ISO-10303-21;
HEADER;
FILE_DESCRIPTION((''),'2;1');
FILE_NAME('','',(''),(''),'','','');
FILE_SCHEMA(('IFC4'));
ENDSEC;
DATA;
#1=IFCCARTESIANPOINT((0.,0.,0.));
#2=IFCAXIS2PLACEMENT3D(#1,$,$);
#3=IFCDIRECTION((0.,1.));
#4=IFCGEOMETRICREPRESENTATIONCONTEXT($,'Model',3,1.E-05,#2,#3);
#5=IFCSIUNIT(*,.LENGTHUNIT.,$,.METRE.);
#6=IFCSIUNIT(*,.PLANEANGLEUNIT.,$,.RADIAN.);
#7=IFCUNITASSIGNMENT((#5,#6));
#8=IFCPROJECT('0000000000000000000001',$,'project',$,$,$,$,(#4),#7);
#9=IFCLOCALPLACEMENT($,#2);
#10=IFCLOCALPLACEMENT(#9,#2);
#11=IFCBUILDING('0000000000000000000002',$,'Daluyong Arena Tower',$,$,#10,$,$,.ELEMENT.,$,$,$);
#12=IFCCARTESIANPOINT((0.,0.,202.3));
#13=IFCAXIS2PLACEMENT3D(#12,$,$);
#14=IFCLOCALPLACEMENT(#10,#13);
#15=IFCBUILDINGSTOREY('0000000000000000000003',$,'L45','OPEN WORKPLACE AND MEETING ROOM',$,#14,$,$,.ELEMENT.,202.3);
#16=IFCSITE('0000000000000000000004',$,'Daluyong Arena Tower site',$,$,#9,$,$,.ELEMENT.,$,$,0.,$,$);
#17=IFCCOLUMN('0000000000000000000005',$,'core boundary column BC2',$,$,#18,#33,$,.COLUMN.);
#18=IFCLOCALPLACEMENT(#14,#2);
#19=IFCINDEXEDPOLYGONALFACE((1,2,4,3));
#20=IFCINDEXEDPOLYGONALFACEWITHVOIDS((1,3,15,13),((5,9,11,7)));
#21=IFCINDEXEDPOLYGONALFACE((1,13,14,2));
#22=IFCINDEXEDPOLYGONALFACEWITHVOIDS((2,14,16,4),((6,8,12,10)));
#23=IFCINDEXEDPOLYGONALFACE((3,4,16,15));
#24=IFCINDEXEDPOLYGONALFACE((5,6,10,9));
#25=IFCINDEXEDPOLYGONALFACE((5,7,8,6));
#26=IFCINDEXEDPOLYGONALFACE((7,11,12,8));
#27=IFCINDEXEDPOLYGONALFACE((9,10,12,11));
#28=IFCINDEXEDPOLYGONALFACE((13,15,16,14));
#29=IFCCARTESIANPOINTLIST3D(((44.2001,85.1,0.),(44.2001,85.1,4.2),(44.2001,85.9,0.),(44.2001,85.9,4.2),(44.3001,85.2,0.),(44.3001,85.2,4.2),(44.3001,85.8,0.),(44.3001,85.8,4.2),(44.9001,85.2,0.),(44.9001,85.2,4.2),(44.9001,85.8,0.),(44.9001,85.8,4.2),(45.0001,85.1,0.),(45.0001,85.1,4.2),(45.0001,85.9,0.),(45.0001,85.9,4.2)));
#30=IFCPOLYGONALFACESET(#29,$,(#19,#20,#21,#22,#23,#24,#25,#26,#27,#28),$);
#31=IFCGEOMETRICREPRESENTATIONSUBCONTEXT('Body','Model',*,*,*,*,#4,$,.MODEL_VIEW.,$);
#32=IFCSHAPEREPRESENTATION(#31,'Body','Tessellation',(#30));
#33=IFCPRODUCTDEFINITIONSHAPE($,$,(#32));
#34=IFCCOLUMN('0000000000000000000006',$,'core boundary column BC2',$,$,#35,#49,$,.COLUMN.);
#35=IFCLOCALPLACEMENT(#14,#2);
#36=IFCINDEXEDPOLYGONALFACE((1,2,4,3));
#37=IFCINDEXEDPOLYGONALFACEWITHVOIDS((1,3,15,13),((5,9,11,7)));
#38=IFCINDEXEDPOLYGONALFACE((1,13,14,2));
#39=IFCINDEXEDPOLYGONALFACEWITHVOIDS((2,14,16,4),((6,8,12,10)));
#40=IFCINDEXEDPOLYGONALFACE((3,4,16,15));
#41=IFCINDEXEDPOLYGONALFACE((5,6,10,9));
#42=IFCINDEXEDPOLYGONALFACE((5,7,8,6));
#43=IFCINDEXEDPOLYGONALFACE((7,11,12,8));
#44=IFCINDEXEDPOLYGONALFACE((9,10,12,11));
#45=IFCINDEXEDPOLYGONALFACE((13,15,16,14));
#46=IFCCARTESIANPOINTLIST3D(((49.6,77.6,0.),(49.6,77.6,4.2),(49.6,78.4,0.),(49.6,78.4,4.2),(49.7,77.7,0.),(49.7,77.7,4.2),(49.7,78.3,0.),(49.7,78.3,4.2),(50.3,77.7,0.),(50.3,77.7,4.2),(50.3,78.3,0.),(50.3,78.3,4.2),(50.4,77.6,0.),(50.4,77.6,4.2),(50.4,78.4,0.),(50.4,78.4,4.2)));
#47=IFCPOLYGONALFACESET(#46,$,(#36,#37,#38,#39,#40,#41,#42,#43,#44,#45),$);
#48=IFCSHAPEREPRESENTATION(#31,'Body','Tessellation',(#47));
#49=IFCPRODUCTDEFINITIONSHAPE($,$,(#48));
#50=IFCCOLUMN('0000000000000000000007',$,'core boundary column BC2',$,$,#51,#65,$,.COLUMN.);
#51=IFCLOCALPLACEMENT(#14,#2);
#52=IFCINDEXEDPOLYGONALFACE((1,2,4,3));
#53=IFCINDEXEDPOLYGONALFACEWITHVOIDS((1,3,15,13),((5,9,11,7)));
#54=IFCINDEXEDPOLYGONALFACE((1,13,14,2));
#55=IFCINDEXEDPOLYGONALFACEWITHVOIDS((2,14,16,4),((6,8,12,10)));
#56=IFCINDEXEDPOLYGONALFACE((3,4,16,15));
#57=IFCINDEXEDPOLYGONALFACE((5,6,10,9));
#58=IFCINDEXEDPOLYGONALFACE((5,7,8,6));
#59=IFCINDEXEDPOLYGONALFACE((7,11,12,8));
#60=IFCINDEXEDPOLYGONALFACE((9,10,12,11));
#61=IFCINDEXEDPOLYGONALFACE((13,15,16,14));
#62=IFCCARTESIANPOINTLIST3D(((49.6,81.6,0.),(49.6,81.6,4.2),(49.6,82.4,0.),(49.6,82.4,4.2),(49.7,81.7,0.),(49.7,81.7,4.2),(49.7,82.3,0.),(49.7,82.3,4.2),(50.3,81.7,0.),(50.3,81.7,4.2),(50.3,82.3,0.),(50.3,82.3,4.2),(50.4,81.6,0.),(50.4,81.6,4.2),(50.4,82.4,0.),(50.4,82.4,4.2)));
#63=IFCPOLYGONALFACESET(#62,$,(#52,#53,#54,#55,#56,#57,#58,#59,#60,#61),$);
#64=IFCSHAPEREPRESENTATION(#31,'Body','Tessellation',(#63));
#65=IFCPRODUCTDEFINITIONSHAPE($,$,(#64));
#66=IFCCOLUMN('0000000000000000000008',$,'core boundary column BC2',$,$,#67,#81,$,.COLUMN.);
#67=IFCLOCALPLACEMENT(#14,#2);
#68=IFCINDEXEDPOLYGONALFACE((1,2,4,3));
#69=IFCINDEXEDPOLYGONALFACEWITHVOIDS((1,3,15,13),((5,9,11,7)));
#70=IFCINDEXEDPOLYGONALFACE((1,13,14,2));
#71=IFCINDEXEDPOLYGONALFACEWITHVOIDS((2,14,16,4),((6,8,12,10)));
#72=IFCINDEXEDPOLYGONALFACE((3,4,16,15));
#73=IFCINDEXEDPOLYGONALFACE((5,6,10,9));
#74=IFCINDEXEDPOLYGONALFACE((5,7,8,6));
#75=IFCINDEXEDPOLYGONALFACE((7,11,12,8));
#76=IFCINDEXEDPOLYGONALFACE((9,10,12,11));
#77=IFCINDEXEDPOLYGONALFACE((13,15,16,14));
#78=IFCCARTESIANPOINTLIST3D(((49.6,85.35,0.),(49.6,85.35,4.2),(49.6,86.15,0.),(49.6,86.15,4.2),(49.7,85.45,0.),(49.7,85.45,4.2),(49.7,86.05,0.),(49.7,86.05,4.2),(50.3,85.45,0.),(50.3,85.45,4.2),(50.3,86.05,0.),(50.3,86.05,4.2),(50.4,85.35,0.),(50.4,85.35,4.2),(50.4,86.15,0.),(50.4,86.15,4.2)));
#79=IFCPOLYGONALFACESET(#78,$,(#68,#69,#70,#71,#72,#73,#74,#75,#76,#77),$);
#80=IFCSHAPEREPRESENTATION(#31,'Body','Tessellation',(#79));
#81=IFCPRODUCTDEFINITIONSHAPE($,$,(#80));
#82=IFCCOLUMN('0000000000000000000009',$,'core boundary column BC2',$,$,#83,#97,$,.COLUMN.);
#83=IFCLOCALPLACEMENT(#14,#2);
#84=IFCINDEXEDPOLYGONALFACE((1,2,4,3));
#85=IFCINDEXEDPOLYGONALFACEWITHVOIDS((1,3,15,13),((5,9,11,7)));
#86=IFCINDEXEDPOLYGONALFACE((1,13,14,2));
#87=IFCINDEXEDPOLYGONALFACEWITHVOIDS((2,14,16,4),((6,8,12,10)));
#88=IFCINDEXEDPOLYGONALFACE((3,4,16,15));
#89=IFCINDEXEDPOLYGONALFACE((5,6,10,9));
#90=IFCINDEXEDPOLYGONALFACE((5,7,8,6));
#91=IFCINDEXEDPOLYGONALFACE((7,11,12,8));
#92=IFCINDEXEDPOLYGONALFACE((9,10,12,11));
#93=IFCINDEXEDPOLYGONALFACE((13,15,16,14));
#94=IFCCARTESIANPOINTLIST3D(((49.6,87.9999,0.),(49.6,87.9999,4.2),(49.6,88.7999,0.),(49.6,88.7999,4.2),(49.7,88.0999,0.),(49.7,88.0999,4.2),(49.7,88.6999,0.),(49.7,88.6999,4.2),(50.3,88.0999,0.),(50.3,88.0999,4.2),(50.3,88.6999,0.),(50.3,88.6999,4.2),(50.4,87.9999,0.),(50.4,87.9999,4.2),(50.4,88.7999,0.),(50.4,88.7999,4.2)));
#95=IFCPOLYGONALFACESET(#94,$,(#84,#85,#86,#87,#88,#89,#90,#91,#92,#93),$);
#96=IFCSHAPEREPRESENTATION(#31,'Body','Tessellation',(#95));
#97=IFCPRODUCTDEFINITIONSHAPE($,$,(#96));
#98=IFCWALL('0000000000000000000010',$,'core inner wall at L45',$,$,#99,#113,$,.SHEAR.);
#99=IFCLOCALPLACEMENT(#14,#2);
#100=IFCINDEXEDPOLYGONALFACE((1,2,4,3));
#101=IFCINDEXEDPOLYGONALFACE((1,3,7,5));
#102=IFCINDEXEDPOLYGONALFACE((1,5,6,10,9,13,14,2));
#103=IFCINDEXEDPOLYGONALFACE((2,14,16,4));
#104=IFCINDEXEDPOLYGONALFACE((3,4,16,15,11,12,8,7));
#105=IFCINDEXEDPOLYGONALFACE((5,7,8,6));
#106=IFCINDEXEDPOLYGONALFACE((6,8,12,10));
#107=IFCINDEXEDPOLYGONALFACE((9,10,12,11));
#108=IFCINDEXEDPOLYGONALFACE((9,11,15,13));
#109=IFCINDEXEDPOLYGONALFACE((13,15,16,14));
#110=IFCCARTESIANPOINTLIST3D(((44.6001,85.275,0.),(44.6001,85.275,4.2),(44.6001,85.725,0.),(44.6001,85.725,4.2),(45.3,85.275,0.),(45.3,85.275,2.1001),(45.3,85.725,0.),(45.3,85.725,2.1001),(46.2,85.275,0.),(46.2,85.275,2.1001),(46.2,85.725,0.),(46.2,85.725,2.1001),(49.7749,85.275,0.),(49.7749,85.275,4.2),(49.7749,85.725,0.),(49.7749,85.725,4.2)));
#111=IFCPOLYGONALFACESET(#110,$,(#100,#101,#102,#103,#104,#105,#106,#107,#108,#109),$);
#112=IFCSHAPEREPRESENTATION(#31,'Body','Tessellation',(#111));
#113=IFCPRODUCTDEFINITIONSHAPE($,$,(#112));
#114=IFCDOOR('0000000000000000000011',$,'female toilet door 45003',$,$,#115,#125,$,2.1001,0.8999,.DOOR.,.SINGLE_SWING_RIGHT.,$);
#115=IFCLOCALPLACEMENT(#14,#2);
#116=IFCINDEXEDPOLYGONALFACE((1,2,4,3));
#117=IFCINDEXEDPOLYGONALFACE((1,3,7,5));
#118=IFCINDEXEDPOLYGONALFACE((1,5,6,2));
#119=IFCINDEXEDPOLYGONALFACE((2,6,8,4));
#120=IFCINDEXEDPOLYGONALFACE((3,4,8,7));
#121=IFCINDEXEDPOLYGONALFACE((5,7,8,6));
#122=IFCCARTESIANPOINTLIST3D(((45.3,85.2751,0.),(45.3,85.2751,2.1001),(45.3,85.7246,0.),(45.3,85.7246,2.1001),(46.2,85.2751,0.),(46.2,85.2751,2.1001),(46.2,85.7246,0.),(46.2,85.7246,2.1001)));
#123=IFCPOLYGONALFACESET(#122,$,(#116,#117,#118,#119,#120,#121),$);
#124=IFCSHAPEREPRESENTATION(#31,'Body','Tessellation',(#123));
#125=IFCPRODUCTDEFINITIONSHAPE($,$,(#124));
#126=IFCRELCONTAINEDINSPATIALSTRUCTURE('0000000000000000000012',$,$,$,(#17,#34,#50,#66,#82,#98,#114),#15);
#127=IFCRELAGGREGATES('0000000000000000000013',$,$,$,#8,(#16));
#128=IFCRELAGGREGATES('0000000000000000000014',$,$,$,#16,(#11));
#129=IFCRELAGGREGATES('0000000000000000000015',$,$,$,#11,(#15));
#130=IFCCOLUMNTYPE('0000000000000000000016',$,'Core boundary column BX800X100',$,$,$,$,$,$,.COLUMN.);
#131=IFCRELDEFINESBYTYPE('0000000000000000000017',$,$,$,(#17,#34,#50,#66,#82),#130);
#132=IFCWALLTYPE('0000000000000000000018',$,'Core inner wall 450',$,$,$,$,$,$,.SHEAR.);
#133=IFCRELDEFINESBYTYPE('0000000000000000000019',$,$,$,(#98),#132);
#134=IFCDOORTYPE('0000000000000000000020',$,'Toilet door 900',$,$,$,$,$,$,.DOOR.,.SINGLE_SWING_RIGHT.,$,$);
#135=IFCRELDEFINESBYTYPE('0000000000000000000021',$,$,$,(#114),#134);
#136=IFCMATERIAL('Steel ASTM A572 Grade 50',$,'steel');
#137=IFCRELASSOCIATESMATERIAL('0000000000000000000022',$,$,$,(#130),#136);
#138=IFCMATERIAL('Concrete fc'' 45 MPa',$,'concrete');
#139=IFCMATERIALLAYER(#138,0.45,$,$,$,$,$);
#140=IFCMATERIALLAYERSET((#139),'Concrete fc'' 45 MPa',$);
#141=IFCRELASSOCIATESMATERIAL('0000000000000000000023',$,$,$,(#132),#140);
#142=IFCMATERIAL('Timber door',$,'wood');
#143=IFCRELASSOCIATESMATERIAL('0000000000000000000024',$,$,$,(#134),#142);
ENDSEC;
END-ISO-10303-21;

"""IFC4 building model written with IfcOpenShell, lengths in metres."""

from ifc_helpers import new_model, si_unit, direction, frame, frame_2d, origin, origin_2d, place, context, subcontext, project, spatial, rectangle, hollow_rectangle, extrude, material, layer, layer_set, material_profile, profile_set, type_object, element, fill, save


model = new_model("IFC4")

# Units and contexts
model_context = context("Model", 3, precision=1e-05, world=origin(), true_north=direction((0.0, 1.0)))
body_context = subcontext(model_context, "Body", "Model", "MODEL_VIEW")
ifc_project = project(units=[si_unit("LENGTHUNIT", "METRE"), si_unit("PLANEANGLEUNIT", "RADIAN")], contexts=[model_context])

# Site, building, storey
site_placement = place(None, origin())
site = spatial("IfcSite", under=ifc_project, at=site_placement, Name="Daluyong Arena Tower site", CompositionType="ELEMENT", RefElevation=0.0)
building_placement = place(site_placement, origin())
building = spatial("IfcBuilding", under=site, at=building_placement, Name="Daluyong Arena Tower", CompositionType="ELEMENT")
storey_placement = place(building_placement, frame((0.0, 0.0, 202.3)))
storey = spatial("IfcBuildingStorey", under=building, at=storey_placement, Name="L45", Description="OPEN WORKPLACE AND MEETING ROOM", CompositionType="ELEMENT", Elevation=202.3)

# Columns
ifc_material_1 = material(Name="Steel ASTM A572 Grade 50", Category="steel")
ifc_material_profile = material_profile(ifc_material_1, hollow_rectangle(XDim=0.8, YDim=0.8, WallThickness=0.1, at=origin_2d()))
ifc_profile_set = profile_set([ifc_material_profile], Name="Steel ASTM A572 Grade 50")
column_type = type_object("IfcColumnType", Name="Core boundary column BX800X100", PredefinedType="COLUMN", material=ifc_profile_set)
for number, where, z_axis, x_axis, name in (
    (1, (44.6001, 85.5, 0.0), (0.0, 0.0, 1.0), (1.0, 0.0, 0.0), "core boundary column BC2"),
    (2, (50.0, 78.0, 0.0), (0.0, 0.0, 1.0), (1.0, 0.0, 0.0), "core boundary column BC2"),
    (3, (50.0, 82.0, 0.0), (0.0, 0.0, 1.0), (1.0, 0.0, 0.0), "core boundary column BC2"),
    (4, (50.0, 85.75, 0.0), (0.0, 0.0, 1.0), (1.0, 0.0, 0.0), "core boundary column BC2"),
    (5, (50.0, 88.3999, 0.0), (0.0, 0.0, 1.0), (1.0, 0.0, 0.0), "core boundary column BC2"),
):
    element("IfcColumn", number, at=place(storey_placement, frame(where, z_axis=z_axis, x_axis=x_axis)), inside=storey, type_object=column_type, Name=name, PredefinedType="COLUMN", context=body_context, shape_type="SweptSolid", body=[
        extrude(hollow_rectangle(XDim=0.8, YDim=0.8, WallThickness=0.1, at=origin_2d()), origin(), (0.0, 0.0, 1.0), 4.2),
    ])

# Wall, opening, door
ifc_material_2 = material(Name="Concrete fc' 45 MPa", Category="concrete")
ifc_layer_1 = layer(ifc_material_2, 0.45)
ifc_layer_set_1 = layer_set([ifc_layer_1], Name="Concrete fc' 45 MPa")
wall_type_1 = type_object("IfcWallType", Name="Core inner wall 450", PredefinedType="SHEAR", material=ifc_layer_set_1)
wall_1_placement = place(storey_placement, frame((44.6001, 85.5, 0.0), z_axis=(0.0, 0.0, 1.0), x_axis=(1.0, 0.0, 0.0)))
wall_1 = element("IfcWall", 6, at=wall_1_placement, inside=storey, type_object=wall_type_1, Name="core inner wall at L45", PredefinedType="SHEAR", context=body_context, shape_type="SweptSolid", body=[
    extrude(rectangle(XDim=5.1748, YDim=0.45, at=frame_2d((2.5874, 0.0))), origin(), (0.0, 0.0, 1.0), 4.2),
])
opening_1_placement = place(wall_1_placement, frame((0.7, 0.0, 0.0)))
opening_1 = element("IfcOpeningElement", 7, at=opening_1_placement, cuts=wall_1, PredefinedType="OPENING", context=body_context, shape_type="SweptSolid", body=[
    extrude(rectangle(XDim=0.8999, YDim=2.1001, at=frame_2d((0.45, 1.05))), frame((0.0, 0.2349, 0.0), z_axis=(0.0, -1.0, 0.0), x_axis=(1.0, 0.0, 0.0)), (0.0, 0.0, 1.0), 0.47),
])
ifc_material_3 = material(Name="Timber door", Category="wood")
door_type_1 = type_object("IfcDoorType", Name="Toilet door 900", OperationType="SINGLE_SWING_RIGHT", PredefinedType="DOOR", material=ifc_material_3)
door_1_placement = place(opening_1_placement, origin())
door_1 = element("IfcDoor", 8, at=door_1_placement, inside=storey, type_object=door_type_1, Name="female toilet door 45003", OperationType="SINGLE_SWING_RIGHT", OverallHeight=2.1001, OverallWidth=0.8999, PredefinedType="DOOR", context=body_context, shape_type="SweptSolid", body=[
    extrude(rectangle(XDim=0.8999, YDim=2.1001, at=frame_2d((0.45, 1.05))), frame((0.0, 0.2246, 0.0), z_axis=(0.0, -1.0, 0.0), x_axis=(1.0, 0.0, 0.0)), (0.0, 0.0, 1.0), 0.4495),
])
fill(opening_1, door_1)

save(model, "model.ifc")
